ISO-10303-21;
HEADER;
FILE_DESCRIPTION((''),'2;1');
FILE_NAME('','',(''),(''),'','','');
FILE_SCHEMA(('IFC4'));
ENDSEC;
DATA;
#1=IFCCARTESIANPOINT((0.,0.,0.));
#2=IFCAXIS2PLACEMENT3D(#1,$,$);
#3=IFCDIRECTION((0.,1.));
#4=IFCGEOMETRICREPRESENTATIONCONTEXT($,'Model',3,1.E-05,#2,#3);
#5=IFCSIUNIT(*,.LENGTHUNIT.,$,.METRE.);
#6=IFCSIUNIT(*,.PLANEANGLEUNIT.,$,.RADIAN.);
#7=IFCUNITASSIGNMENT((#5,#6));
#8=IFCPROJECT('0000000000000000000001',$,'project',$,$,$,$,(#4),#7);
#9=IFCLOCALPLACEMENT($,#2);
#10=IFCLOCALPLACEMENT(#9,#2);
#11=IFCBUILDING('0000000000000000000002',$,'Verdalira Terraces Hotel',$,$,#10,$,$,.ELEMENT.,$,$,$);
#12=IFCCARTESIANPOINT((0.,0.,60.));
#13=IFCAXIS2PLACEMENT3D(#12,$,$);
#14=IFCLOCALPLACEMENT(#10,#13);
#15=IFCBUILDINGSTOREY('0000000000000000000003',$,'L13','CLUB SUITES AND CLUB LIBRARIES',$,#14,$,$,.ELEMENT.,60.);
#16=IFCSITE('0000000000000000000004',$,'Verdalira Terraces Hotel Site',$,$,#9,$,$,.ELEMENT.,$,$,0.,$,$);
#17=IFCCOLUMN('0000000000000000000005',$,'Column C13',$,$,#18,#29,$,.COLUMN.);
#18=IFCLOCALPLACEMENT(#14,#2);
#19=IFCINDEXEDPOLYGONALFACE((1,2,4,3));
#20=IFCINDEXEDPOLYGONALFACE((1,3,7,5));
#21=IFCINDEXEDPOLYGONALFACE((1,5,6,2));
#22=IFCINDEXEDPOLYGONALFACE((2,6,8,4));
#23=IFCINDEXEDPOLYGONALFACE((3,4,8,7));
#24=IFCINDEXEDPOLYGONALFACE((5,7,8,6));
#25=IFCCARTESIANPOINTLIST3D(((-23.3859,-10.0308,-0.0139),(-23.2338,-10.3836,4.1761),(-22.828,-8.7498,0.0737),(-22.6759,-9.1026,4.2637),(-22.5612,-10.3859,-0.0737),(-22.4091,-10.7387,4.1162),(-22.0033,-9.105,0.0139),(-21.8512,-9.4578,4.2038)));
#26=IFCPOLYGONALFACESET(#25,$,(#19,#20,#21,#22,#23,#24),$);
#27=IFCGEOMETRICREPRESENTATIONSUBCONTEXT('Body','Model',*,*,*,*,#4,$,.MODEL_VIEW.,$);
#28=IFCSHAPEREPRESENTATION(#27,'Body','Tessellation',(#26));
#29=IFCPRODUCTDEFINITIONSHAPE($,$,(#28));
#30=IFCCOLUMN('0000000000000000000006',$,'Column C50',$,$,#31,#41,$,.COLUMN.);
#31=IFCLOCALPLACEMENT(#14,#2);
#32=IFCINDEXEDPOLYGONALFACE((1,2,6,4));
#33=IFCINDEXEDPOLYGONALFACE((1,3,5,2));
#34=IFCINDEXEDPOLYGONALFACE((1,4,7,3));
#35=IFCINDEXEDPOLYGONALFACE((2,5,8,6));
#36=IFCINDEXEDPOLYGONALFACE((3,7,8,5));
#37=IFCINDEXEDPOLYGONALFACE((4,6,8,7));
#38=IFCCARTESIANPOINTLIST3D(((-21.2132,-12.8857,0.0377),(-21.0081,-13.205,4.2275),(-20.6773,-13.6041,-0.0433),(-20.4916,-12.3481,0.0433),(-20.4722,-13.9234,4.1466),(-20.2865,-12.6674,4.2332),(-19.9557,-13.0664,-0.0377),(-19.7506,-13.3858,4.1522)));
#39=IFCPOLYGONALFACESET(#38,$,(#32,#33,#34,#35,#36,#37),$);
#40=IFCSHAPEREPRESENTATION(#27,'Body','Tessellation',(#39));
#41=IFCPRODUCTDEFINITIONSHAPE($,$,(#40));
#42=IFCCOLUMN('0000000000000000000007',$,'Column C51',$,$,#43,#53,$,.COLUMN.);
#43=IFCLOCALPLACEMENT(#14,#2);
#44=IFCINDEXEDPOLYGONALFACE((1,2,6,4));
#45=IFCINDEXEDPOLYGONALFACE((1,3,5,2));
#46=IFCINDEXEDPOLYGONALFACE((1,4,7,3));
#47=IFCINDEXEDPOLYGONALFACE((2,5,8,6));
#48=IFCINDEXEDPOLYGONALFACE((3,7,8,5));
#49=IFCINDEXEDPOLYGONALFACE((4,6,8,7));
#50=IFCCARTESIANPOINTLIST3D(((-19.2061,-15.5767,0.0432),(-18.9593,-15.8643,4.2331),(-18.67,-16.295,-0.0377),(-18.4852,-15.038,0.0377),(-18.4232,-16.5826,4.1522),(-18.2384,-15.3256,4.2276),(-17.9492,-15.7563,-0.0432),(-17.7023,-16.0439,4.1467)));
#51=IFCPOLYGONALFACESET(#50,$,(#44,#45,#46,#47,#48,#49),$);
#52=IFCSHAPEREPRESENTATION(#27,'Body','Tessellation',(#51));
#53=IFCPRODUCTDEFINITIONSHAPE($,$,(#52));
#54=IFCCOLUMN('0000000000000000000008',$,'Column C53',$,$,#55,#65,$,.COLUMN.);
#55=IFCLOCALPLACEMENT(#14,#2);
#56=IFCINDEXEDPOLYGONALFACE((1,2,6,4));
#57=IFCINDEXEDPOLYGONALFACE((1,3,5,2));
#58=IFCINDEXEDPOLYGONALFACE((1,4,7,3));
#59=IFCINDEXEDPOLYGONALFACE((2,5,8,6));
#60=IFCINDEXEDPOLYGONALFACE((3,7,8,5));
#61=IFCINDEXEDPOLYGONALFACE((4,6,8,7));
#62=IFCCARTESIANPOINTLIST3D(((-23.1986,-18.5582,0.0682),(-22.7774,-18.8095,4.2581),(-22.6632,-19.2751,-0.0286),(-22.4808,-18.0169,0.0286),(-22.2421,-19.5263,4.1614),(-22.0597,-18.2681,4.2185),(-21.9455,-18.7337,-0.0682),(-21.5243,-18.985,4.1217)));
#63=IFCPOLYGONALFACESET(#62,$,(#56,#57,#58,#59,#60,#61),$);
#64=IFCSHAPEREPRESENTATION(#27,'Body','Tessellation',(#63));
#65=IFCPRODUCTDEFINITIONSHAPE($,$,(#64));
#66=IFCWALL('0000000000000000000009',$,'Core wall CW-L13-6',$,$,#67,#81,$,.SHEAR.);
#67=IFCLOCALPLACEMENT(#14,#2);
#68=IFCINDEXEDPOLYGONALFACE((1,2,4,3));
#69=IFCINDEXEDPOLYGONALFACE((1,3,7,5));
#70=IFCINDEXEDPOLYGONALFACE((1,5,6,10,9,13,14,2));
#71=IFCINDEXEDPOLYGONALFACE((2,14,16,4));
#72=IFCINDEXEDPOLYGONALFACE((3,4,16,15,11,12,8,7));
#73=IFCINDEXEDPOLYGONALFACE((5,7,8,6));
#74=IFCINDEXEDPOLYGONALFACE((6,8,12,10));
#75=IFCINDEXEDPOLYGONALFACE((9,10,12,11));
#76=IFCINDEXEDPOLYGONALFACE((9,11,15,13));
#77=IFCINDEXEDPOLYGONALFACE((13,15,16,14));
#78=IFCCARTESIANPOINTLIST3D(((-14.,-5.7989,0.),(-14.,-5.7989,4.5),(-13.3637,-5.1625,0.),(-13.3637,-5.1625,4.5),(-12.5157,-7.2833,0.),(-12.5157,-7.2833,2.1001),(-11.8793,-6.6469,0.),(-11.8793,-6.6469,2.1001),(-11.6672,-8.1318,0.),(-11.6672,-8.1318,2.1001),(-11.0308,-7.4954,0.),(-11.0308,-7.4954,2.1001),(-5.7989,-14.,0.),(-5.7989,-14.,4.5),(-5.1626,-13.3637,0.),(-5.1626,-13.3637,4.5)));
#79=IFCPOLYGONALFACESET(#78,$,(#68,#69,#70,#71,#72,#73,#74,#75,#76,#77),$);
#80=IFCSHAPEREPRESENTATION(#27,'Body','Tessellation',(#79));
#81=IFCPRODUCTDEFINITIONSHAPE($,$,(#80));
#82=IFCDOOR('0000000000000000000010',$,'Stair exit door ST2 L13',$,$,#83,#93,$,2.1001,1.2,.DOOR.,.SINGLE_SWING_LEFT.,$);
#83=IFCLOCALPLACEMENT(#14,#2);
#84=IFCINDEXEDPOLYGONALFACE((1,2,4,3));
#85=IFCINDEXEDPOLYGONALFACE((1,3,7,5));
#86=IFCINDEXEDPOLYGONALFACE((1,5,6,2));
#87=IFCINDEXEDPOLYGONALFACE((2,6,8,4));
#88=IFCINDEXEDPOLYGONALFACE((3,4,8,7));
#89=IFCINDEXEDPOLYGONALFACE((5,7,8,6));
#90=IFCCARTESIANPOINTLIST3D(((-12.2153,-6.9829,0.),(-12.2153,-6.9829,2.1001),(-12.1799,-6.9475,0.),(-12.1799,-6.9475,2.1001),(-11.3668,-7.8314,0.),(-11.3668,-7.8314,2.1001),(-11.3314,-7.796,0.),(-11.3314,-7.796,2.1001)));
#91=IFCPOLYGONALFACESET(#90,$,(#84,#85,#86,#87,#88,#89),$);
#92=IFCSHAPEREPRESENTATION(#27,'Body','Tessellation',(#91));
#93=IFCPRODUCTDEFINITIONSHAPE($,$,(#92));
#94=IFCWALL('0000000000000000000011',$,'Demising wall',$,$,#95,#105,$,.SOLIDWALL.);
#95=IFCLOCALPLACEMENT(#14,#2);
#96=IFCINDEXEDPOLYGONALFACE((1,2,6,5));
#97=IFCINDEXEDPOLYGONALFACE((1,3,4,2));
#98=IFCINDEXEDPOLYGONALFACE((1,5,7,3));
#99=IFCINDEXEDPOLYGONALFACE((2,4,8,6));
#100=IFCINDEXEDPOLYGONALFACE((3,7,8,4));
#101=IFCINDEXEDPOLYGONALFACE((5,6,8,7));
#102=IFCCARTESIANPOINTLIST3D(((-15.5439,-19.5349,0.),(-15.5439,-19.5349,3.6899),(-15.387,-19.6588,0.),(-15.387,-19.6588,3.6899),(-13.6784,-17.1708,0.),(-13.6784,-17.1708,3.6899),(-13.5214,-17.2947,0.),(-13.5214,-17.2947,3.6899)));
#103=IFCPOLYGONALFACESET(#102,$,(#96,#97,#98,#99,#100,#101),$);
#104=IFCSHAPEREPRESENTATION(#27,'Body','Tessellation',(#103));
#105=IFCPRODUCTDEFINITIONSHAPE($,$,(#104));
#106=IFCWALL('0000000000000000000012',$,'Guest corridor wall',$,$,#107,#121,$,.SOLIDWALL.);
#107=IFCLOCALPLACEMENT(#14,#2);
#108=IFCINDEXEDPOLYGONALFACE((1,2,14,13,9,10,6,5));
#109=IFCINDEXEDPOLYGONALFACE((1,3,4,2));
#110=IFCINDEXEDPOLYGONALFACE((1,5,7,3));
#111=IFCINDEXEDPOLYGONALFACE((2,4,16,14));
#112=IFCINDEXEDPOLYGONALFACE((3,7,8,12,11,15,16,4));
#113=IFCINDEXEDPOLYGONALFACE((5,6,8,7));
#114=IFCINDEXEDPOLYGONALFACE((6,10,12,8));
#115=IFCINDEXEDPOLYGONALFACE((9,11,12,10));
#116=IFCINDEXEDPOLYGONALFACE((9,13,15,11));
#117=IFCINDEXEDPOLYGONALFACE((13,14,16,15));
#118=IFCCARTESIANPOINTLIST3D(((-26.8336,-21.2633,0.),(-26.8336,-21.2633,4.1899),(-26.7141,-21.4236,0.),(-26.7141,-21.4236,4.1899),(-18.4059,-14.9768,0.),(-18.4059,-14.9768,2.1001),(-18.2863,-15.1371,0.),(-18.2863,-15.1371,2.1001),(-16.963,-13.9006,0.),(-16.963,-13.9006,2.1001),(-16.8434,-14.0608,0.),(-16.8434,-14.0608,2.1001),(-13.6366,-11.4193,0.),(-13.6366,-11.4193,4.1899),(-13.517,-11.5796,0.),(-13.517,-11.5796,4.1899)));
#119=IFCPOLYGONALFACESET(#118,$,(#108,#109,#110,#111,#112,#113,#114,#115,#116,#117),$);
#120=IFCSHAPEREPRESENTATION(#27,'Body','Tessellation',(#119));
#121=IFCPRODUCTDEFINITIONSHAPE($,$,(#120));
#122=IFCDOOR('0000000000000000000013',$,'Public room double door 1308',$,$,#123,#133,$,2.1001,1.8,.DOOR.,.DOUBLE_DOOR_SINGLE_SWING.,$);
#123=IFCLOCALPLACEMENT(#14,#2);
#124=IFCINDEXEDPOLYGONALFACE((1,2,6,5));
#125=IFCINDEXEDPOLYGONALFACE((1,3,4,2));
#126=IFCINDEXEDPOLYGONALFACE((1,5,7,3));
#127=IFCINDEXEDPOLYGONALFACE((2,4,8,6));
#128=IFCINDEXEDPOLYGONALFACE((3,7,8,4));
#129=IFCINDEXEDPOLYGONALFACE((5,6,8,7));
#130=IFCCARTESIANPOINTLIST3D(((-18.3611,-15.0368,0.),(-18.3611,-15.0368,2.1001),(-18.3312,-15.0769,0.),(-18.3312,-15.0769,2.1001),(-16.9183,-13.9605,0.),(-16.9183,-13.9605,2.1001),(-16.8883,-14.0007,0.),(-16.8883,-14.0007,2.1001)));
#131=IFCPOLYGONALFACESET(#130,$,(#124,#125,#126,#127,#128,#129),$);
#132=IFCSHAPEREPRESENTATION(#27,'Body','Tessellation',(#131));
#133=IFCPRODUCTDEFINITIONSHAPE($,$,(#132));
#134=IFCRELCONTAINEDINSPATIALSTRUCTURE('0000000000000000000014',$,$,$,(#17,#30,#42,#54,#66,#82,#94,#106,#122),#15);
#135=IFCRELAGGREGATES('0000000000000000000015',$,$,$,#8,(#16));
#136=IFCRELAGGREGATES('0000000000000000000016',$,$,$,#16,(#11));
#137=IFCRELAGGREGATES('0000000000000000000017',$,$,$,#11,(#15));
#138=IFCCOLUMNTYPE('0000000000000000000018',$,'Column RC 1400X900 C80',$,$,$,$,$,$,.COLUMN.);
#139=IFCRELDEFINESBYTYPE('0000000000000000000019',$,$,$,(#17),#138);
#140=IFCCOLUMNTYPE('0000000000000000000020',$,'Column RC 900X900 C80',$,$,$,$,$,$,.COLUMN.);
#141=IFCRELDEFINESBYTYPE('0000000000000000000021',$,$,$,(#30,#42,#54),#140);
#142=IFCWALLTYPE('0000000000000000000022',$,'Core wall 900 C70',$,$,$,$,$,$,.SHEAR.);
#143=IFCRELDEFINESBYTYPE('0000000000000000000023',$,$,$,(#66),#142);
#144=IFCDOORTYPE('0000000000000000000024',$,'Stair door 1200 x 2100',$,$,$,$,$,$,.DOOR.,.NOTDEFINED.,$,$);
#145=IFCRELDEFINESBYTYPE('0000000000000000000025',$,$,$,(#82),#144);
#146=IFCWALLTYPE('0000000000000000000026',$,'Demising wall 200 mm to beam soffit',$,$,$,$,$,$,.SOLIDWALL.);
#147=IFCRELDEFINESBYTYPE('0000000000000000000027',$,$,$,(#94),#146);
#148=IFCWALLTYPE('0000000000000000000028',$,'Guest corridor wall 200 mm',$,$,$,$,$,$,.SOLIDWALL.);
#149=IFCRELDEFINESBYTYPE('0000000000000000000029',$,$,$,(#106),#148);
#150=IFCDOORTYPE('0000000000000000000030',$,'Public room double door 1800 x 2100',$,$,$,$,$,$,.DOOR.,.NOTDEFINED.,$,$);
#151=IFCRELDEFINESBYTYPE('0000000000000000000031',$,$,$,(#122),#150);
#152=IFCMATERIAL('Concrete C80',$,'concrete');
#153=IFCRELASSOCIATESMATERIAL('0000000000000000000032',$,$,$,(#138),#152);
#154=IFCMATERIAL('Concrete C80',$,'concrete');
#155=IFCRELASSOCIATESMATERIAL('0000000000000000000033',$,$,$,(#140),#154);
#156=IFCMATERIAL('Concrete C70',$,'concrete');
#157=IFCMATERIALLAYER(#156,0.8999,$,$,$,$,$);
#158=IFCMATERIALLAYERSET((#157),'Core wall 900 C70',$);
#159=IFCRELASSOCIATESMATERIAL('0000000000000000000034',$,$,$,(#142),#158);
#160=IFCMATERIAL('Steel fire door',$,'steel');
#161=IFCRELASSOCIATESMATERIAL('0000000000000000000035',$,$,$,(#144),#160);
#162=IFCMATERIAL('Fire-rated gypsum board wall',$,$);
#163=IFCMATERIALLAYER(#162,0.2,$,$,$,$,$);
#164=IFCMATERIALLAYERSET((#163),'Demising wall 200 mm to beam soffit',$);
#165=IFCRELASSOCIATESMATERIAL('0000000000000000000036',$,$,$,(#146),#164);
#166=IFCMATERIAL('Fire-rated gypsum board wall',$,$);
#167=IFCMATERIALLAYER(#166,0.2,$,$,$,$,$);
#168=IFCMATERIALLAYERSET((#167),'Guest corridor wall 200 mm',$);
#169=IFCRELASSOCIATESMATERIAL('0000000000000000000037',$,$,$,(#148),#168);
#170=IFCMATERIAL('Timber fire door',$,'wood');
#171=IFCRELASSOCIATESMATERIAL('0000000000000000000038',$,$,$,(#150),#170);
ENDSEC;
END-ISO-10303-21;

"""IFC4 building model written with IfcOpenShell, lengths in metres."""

from ifc_helpers import new_model, si_unit, direction, frame, frame_2d, origin, origin_2d, place, context, subcontext, project, spatial, rectangle, extrude, material, layer, layer_set, material_profile, profile_set, type_object, element, fill, save


model = new_model("IFC4")

# Units and contexts
model_context = context("Model", 3, precision=1e-05, world=origin(), true_north=direction((0.0, 1.0)))
body_context = subcontext(model_context, "Body", "Model", "MODEL_VIEW")
ifc_project = project(units=[si_unit("LENGTHUNIT", "METRE"), si_unit("PLANEANGLEUNIT", "RADIAN")], contexts=[model_context])

# Site, building, storey
site_placement = place(None, origin())
site = spatial("IfcSite", under=ifc_project, at=site_placement, Name="Verdalira Terraces Hotel Site", CompositionType="ELEMENT", RefElevation=0.0)
building_placement = place(site_placement, origin())
building = spatial("IfcBuilding", under=site, at=building_placement, Name="Verdalira Terraces Hotel", CompositionType="ELEMENT")
storey_placement = place(building_placement, frame((0.0, 0.0, 60.0)))
storey = spatial("IfcBuildingStorey", under=building, at=storey_placement, Name="L13", Description="CLUB SUITES AND CLUB LIBRARIES", CompositionType="ELEMENT", Elevation=60.0)

# Columns
ifc_material_1 = material(Name="Concrete C80", Category="concrete")
ifc_material_profile_1 = material_profile(ifc_material_1, rectangle(XDim=1.3999, YDim=0.8999, at=origin_2d()), Name="RC 1400X900")
ifc_profile_set_1 = profile_set([ifc_material_profile_1], Name="Concrete C80")
column_type_1 = type_object("IfcColumnType", Name="Column RC 1400X900 C80", PredefinedType="COLUMN", material=ifc_profile_set_1)
column_1_placement = place(storey_placement, frame((-22.6946, -9.5679, 0.0), z_axis=(0.036149, -0.083846, 0.995823), x_axis=(0.398547, 0.915011, 0.062574)))
element("IfcColumn", 1, at=column_1_placement, inside=storey, type_object=column_type_1, Name="Column C13", PredefinedType="COLUMN", context=body_context, shape_type="SweptSolid", body=[
    extrude(rectangle(XDim=1.3999, YDim=0.8999, at=origin_2d()), origin(), (0.0, 0.0, 1.0), 4.2075),
])
ifc_material_2 = material(Name="Concrete C80", Category="concrete")
ifc_material_profile_2 = material_profile(ifc_material_2, rectangle(XDim=0.8999, YDim=0.8999, at=origin_2d()), Name="RC 900X900")
ifc_profile_set_2 = profile_set([ifc_material_profile_2], Name="Concrete C80")
column_type_2 = type_object("IfcColumnType", Name="Column RC 900X900 C80", PredefinedType="COLUMN", material=ifc_profile_set_2)
for number, where, z_axis, x_axis, name in (
    (2, (-20.5845, -12.9761, 0.0), (0.048746, -0.075904, 0.995923), (-0.801867, -0.597469, -0.006288), "Column C50"),
    (3, (-18.5776, -15.6665, 0.0), (0.05867, -0.068361, 0.995934), (-0.801049, -0.598568, 0.006103), "Column C51"),
):
    element("IfcColumn", number, at=place(storey_placement, frame(where, z_axis=z_axis, x_axis=x_axis)), inside=storey, type_object=column_type_2, Name=name, PredefinedType="COLUMN", context=body_context, shape_type="SweptSolid", body=[
        extrude(rectangle(XDim=0.8999, YDim=0.8999, at=origin_2d()), origin(), (0.0, 0.0, 1.0), 4.207),
    ])
column_2_placement = place(storey_placement, frame((-22.572, -18.646, 0.0), z_axis=(0.099831, -0.059552, 0.993221), x_axis=(-0.797601, -0.601572, 0.0441)))
element("IfcColumn", 4, at=column_2_placement, inside=storey, type_object=column_type_2, Name="Column C53", PredefinedType="COLUMN", context=body_context, shape_type="SweptSolid", body=[
    extrude(rectangle(XDim=0.8999, YDim=0.8999, at=origin_2d()), origin(), (0.0, 0.0, 1.0), 4.2185),
])

# Wall, opening, door
ifc_material_3 = material(Name="Concrete C70", Category="concrete")
ifc_layer_1 = layer(ifc_material_3, 0.8999)
ifc_layer_set_1 = layer_set([ifc_layer_1], Name="Core wall 900 C70")
wall_type_1 = type_object("IfcWallType", Name="Core wall 900 C70", PredefinedType="SHEAR", material=ifc_layer_set_1)
wall_1_placement = place(storey_placement, frame((-13.6819, -5.4807, 0.0), z_axis=(0.0, 0.0, 1.0), x_axis=(0.707107, -0.707107, 0.0)))
wall_1 = element("IfcWall", 5, at=wall_1_placement, inside=storey, type_object=wall_type_1, Name="Core wall CW-L13-6", PredefinedType="SHEAR", context=body_context, shape_type="SweptSolid", body=[
    extrude(rectangle(XDim=11.5981, YDim=0.8999, at=frame_2d((5.7991, 0.0))), origin(), (0.0, 0.0, 1.0), 4.5),
])
opening_1_placement = place(wall_1_placement, frame((2.0991, 0.0, 0.0)))
opening_1 = element("IfcOpeningElement", 6, at=opening_1_placement, cuts=wall_1, PredefinedType="OPENING", context=body_context, shape_type="SweptSolid", body=[
    extrude(rectangle(XDim=1.2, YDim=2.1001, at=frame_2d((0.6001, 1.05))), frame((0.0, 0.46, 0.0), z_axis=(0.0, -1.0, 0.0), x_axis=(1.0, 0.0, 0.0)), (0.0, 0.0, 1.0), 0.9199),
])
ifc_material_4 = material(Name="Steel fire door", Category="steel")
door_type_1 = type_object("IfcDoorType", Name="Stair door 1200 x 2100", OperationType="NOTDEFINED", PredefinedType="DOOR", material=ifc_material_4)
door_1_placement = place(opening_1_placement, origin())
door_1 = element("IfcDoor", 7, at=door_1_placement, inside=storey, type_object=door_type_1, Name="Stair exit door ST2 L13", OperationType="SINGLE_SWING_LEFT", OverallHeight=2.1001, OverallWidth=1.2, PredefinedType="DOOR", context=body_context, shape_type="SweptSolid", body=[
    extrude(rectangle(XDim=1.2, YDim=2.1001, at=frame_2d((0.6001, 1.05))), frame((0.0, 0.0249, 0.0), z_axis=(0.0, -1.0, 0.0), x_axis=(1.0, 0.0, 0.0)), (0.0, 0.0, 1.0), 0.05),
])
fill(opening_1, door_1)

# Wall
ifc_material_5 = material(Name="Fire-rated gypsum board wall")
ifc_layer_2 = layer(ifc_material_5, 0.2)
ifc_layer_set_2 = layer_set([ifc_layer_2], Name="Demising wall 200 mm to beam soffit")
wall_type_2 = type_object("IfcWallType", Name="Demising wall 200 mm to beam soffit", PredefinedType="SOLIDWALL", material=ifc_layer_set_2)
wall_2_placement = place(storey_placement, frame((-13.5999, -17.2327, 0.0), z_axis=(0.0, 0.0, 1.0), x_axis=(-0.619471, -0.78502, 0.0)))
element("IfcWall", 8, at=wall_2_placement, inside=storey, type_object=wall_type_2, Name="Demising wall", PredefinedType="SOLIDWALL", context=body_context, shape_type="SweptSolid", body=[
    extrude(rectangle(XDim=3.0115, YDim=0.2, at=frame_2d((1.5059, 0.0))), origin(), (0.0, 0.0, 1.0), 3.6899),
])

# Wall, opening, door
ifc_material_6 = material(Name="Fire-rated gypsum board wall")
ifc_layer_3 = layer(ifc_material_6, 0.2)
ifc_layer_set_3 = layer_set([ifc_layer_3], Name="Guest corridor wall 200 mm")
wall_type_3 = type_object("IfcWallType", Name="Guest corridor wall 200 mm", PredefinedType="SOLIDWALL", material=ifc_layer_set_3)
wall_3_placement = place(storey_placement, frame((-13.5769, -11.4995, 0.0), z_axis=(0.0, 0.0, 1.0), x_axis=(-0.801565, -0.597908, 0.0)))
wall_3 = element("IfcWall", 9, at=wall_3_placement, inside=storey, type_object=wall_type_3, Name="Guest corridor wall", PredefinedType="SOLIDWALL", context=body_context, shape_type="SweptSolid", body=[
    extrude(rectangle(XDim=16.4641, YDim=0.2, at=frame_2d((8.2319, 0.0))), origin(), (0.0, 0.0, 1.0), 4.1899),
])
opening_2_placement = place(wall_3_placement, frame((4.1499, 0.0, 0.0)))
opening_2 = element("IfcOpeningElement", 10, at=opening_2_placement, cuts=wall_3, PredefinedType="OPENING", context=body_context, shape_type="SweptSolid", body=[
    extrude(rectangle(XDim=1.8, YDim=2.1001, at=frame_2d((0.8999, 1.05))), frame((0.0, 0.1099, 0.0), z_axis=(0.0, -1.0, 0.0), x_axis=(1.0, 0.0, 0.0)), (0.0, 0.0, 1.0), 0.22),
])
ifc_material_7 = material(Name="Timber fire door", Category="wood")
door_type_2 = type_object("IfcDoorType", Name="Public room double door 1800 x 2100", OperationType="NOTDEFINED", PredefinedType="DOOR", material=ifc_material_7)
door_2_placement = place(opening_2_placement, origin())
door_2 = element("IfcDoor", 11, at=door_2_placement, inside=storey, type_object=door_type_2, Name="Public room double door 1308", OperationType="DOUBLE_DOOR_SINGLE_SWING", OverallHeight=2.1001, OverallWidth=1.8, PredefinedType="DOOR", context=body_context, shape_type="SweptSolid", body=[
    extrude(rectangle(XDim=1.8, YDim=2.1001, at=frame_2d((0.8999, 1.05))), frame((0.0, 0.0249, 0.0), z_axis=(0.0, -1.0, 0.0), x_axis=(1.0, 0.0, 0.0)), (0.0, 0.0, 1.0), 0.05),
])
fill(opening_2, door_2)

save(model, "model.ifc")
